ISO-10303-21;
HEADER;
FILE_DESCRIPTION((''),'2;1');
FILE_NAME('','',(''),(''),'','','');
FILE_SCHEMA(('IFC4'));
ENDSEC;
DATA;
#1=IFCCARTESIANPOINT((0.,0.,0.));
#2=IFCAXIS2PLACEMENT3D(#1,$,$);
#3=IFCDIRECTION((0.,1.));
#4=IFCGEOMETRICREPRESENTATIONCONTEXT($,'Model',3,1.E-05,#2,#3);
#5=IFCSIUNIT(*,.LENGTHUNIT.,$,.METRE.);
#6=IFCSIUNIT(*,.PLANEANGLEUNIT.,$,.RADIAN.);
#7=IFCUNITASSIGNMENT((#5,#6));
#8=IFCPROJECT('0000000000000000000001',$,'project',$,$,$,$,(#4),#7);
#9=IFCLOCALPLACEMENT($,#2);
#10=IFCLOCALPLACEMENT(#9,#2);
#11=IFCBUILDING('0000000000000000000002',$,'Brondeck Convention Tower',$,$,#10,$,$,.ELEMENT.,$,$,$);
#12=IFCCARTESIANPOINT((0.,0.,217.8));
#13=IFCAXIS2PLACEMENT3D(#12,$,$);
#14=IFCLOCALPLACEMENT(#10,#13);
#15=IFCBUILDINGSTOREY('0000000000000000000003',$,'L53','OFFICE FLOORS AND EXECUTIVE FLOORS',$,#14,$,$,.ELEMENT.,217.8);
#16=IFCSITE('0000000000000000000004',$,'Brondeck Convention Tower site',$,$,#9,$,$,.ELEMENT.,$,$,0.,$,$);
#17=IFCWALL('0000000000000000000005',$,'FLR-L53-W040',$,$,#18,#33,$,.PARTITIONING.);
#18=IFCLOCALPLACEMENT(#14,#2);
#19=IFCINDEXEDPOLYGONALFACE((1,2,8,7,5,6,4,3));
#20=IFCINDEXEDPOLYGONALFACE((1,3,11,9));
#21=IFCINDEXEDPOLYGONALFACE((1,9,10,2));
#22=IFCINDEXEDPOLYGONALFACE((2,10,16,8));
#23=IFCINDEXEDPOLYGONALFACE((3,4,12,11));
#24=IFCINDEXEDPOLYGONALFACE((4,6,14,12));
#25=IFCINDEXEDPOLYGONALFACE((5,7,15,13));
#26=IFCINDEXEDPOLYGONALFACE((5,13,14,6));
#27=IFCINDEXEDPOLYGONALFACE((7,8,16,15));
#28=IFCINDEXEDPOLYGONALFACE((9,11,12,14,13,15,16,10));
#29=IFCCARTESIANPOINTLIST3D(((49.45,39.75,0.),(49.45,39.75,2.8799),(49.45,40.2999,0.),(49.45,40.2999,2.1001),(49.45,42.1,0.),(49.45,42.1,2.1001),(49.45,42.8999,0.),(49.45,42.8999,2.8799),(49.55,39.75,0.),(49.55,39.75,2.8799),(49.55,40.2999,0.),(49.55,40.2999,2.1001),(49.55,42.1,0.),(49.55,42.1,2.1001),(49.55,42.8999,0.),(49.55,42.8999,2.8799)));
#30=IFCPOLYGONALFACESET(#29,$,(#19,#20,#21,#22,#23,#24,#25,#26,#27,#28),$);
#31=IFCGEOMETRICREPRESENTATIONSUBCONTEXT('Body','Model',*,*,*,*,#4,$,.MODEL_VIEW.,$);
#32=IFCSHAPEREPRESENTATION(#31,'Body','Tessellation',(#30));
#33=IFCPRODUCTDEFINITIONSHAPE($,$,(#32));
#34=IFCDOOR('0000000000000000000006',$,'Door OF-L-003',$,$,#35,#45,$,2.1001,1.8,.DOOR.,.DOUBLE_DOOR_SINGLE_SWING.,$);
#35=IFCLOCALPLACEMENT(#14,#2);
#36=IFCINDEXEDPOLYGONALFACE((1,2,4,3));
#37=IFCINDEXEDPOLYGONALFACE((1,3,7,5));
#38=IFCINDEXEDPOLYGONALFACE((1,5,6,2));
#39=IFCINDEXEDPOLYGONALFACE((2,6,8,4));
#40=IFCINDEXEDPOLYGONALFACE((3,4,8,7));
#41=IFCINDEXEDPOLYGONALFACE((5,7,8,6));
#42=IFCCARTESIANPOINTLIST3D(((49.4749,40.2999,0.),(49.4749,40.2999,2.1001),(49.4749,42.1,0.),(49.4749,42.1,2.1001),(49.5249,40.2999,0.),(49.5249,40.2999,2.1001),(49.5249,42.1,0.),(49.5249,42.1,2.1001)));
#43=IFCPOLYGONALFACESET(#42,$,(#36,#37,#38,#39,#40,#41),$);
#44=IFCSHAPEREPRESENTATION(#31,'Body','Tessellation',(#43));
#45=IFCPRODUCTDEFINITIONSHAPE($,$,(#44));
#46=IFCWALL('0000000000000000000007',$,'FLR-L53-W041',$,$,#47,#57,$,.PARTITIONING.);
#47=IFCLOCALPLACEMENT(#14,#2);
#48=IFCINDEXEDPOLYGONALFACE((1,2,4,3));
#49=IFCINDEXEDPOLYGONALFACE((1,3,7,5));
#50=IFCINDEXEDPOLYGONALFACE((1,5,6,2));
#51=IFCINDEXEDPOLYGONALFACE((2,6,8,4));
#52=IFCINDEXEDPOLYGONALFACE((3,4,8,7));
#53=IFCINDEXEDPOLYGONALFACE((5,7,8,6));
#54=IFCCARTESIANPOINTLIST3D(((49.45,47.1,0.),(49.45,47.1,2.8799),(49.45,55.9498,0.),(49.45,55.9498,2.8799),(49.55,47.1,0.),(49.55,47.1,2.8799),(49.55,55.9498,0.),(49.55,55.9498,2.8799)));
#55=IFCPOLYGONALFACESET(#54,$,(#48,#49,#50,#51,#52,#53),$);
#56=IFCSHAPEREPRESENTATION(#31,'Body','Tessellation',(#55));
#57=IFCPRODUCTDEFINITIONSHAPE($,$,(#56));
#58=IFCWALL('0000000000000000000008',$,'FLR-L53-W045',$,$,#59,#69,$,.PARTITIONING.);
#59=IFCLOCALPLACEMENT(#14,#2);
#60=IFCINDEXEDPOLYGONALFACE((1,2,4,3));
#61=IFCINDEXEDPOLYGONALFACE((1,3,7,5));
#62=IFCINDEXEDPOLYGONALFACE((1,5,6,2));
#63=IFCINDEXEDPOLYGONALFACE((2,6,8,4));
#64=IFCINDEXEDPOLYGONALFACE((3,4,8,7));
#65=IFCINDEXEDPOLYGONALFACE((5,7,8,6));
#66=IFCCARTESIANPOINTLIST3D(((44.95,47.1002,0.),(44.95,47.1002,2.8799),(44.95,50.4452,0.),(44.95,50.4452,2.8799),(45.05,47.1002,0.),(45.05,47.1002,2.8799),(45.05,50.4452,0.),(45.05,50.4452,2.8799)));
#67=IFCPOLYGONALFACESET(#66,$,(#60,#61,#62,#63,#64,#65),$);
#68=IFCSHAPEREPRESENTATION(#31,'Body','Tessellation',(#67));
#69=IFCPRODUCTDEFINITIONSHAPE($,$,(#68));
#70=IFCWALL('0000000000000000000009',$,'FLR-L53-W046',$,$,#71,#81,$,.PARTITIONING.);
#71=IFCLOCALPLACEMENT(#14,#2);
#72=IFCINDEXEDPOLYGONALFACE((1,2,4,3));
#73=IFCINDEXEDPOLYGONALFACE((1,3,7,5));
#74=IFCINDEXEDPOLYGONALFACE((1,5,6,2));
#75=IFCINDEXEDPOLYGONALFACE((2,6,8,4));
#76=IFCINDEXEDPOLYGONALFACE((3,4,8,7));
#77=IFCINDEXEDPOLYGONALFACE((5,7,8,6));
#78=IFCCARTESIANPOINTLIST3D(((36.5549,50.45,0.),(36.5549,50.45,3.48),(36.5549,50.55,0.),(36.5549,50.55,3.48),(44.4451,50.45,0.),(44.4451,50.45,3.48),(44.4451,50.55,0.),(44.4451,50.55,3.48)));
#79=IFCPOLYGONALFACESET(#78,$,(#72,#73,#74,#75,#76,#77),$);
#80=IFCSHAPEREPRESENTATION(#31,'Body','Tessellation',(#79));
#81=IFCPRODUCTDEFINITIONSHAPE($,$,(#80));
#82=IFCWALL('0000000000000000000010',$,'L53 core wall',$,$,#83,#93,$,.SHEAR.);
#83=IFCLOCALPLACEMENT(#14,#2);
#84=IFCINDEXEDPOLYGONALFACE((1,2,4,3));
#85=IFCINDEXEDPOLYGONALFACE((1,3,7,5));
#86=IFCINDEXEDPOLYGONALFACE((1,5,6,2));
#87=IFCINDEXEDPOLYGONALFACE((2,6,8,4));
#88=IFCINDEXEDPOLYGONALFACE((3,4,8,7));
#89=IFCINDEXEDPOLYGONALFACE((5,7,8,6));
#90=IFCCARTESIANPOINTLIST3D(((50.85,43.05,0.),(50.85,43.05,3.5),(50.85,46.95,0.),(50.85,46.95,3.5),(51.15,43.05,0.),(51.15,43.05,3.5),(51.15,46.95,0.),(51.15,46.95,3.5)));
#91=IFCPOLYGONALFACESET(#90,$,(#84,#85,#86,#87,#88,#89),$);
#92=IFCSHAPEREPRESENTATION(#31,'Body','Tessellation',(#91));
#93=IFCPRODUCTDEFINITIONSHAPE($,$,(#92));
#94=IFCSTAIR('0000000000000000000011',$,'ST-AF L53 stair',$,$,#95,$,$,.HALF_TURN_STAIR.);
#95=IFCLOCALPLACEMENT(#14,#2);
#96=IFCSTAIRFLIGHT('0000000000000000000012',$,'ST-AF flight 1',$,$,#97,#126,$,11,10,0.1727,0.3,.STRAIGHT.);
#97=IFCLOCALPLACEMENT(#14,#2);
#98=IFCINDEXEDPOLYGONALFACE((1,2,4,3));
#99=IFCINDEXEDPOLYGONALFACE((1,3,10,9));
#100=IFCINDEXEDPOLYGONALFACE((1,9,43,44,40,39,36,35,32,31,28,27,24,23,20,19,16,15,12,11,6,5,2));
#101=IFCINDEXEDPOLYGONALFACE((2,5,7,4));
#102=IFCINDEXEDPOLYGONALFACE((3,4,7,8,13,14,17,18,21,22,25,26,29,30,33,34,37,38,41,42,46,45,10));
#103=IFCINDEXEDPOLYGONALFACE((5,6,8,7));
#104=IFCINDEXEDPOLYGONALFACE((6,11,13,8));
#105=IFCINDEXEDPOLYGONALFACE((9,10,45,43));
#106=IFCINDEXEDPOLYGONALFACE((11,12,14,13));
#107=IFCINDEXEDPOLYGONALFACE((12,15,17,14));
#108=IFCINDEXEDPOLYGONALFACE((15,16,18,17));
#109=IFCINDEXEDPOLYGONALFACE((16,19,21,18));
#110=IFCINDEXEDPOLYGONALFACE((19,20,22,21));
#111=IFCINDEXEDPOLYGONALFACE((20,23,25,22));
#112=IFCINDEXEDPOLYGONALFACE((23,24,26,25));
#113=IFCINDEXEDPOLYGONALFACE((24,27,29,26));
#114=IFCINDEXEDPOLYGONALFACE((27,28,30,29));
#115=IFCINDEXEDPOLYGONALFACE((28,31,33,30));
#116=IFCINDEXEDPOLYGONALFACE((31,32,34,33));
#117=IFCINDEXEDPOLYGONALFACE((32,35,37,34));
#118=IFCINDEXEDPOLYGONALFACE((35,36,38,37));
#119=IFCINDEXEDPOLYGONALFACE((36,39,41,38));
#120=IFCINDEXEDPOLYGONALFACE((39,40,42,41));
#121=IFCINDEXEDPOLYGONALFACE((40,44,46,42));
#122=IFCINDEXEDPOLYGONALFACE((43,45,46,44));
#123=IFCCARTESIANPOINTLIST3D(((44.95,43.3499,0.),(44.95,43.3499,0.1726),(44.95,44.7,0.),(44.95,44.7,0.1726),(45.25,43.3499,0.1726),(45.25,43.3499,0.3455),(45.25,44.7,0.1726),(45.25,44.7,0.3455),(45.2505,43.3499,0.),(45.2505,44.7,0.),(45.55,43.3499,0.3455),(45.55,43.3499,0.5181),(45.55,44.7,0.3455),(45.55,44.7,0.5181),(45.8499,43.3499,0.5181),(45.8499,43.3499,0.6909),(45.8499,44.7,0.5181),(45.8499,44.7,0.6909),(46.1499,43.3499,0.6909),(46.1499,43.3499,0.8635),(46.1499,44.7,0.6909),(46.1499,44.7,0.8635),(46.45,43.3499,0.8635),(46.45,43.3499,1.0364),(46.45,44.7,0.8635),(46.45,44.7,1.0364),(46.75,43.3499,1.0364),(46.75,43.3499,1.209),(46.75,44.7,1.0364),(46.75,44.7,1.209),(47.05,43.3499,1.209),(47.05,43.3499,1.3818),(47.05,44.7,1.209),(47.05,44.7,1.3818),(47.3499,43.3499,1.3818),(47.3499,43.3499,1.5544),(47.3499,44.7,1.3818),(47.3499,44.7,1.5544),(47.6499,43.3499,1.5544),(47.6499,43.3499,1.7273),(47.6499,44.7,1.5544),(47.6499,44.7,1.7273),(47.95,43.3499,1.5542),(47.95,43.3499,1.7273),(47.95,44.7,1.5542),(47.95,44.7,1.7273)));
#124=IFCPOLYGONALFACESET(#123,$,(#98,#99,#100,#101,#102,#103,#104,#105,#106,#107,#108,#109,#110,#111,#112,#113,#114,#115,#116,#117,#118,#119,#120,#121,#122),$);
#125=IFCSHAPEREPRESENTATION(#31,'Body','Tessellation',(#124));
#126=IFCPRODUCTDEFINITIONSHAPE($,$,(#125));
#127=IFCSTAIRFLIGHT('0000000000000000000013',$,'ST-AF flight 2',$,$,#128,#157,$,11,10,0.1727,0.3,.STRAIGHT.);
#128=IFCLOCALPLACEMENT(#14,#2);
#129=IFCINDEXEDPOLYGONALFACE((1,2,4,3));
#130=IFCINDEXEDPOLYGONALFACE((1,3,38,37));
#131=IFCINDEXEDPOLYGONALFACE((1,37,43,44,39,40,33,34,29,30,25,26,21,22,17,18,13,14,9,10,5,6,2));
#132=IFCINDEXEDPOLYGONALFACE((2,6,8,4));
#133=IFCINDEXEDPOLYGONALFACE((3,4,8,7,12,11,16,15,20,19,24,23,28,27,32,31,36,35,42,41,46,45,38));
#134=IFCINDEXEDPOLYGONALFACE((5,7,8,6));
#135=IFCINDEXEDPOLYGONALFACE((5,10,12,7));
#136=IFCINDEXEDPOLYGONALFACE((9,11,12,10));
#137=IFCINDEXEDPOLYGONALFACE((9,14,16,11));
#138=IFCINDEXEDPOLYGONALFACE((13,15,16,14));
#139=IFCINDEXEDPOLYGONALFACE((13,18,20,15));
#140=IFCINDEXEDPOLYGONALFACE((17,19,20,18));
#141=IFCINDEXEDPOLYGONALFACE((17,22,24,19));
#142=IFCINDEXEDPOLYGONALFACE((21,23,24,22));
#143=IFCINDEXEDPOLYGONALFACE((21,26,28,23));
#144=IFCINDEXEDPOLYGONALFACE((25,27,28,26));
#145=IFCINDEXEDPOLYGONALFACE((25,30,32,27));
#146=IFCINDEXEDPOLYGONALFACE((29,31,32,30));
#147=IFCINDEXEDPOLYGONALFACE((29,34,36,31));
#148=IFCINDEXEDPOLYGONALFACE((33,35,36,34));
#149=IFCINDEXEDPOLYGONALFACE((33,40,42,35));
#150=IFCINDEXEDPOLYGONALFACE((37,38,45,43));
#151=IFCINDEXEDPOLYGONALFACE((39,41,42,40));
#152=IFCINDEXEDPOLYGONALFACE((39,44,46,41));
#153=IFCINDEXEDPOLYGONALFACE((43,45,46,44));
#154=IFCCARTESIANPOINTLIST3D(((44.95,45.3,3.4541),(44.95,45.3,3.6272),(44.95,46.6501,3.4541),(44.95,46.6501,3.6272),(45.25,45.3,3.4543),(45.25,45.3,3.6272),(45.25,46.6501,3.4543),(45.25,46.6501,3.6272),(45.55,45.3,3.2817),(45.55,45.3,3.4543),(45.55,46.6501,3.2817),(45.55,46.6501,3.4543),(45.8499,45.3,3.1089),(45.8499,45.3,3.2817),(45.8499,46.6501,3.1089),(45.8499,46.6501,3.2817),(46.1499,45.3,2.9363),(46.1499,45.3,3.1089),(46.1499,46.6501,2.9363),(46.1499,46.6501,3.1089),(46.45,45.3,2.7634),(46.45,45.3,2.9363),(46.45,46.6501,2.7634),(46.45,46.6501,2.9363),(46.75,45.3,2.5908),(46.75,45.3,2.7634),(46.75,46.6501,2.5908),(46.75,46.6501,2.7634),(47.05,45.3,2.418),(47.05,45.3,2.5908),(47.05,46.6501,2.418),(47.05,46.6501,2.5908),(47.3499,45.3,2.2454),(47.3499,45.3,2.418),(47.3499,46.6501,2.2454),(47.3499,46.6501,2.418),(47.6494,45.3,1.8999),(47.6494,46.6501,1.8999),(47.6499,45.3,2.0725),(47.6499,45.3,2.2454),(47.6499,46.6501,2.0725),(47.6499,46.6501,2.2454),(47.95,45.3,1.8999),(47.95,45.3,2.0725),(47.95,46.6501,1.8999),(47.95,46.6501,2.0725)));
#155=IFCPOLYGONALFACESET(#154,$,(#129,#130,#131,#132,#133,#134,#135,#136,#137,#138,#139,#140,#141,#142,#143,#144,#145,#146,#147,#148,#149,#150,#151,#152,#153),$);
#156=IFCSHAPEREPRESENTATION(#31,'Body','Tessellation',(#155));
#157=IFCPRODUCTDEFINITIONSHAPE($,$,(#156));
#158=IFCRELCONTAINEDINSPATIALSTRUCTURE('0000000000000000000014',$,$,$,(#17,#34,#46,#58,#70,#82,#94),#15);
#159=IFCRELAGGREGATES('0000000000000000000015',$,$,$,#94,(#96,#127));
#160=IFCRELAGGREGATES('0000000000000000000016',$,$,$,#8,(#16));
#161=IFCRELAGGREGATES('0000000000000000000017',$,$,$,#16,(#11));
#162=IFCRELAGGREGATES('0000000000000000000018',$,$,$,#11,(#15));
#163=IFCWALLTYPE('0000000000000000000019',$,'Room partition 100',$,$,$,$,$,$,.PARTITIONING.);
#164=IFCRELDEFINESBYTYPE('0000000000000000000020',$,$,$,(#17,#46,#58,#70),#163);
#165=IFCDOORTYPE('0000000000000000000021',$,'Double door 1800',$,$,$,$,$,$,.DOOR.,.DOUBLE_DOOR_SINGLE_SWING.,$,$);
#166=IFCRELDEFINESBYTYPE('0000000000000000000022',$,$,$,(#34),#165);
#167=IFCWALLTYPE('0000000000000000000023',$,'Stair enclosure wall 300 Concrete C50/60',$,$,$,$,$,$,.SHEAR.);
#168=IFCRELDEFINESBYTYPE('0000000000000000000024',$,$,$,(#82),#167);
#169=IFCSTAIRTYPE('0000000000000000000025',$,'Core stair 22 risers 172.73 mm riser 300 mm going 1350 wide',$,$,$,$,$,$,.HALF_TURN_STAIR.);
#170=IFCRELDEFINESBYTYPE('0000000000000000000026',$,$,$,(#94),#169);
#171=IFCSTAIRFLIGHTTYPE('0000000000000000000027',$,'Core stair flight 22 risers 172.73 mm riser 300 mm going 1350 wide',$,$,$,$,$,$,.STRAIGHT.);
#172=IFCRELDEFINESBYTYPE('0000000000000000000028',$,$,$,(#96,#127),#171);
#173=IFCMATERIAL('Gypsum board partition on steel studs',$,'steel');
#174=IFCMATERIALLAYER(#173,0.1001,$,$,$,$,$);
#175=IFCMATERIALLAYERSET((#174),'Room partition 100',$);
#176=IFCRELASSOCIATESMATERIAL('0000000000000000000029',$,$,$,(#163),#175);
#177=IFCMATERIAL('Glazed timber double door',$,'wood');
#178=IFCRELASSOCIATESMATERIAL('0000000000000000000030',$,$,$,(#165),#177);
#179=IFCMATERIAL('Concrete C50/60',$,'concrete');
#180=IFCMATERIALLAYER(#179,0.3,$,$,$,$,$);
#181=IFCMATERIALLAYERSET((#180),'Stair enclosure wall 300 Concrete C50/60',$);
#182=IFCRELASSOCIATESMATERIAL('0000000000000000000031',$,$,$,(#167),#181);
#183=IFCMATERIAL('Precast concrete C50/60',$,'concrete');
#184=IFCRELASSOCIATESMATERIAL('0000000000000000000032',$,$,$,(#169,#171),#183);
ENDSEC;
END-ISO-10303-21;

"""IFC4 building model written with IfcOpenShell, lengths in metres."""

from ifc_helpers import new_model, si_unit, direction, frame, frame_2d, origin, place, context, subcontext, project, spatial, polyline, rectangle, outline, extrude, material, layer, layer_set, type_object, element, fill, aggregate, save


model = new_model("IFC4")

# Units and contexts
model_context = context("Model", 3, precision=1e-05, world=origin(), true_north=direction((0.0, 1.0)))
body_context = subcontext(model_context, "Body", "Model", "MODEL_VIEW")
ifc_project = project(units=[si_unit("LENGTHUNIT", "METRE"), si_unit("PLANEANGLEUNIT", "RADIAN")], contexts=[model_context])

# Site, building, storey
site_placement = place(None, origin())
site = spatial("IfcSite", under=ifc_project, at=site_placement, Name="Brondeck Convention Tower site", CompositionType="ELEMENT", RefElevation=0.0)
building_placement = place(site_placement, origin())
building = spatial("IfcBuilding", under=site, at=building_placement, Name="Brondeck Convention Tower", CompositionType="ELEMENT")
storey_placement = place(building_placement, frame((0.0, 0.0, 217.8)))
storey = spatial("IfcBuildingStorey", under=building, at=storey_placement, Name="L53", Description="OFFICE FLOORS AND EXECUTIVE FLOORS", CompositionType="ELEMENT", Elevation=217.8)

# Shared definitions
ifc_material_1 = material(Name="Concrete C50/60", Category="concrete")

# Wall, opening, door
ifc_material_2 = material(Name="Gypsum board partition on steel studs", Category="steel")
ifc_layer_1 = layer(ifc_material_2, 0.1001)
ifc_layer_set_1 = layer_set([ifc_layer_1], Name="Room partition 100")
wall_type_1 = type_object("IfcWallType", Name="Room partition 100", PredefinedType="PARTITIONING", material=ifc_layer_set_1)
wall_1_placement = place(storey_placement, frame((49.5, 42.8999, 0.0), z_axis=(0.0, 0.0, 1.0), x_axis=(0.0, -1.0, 0.0)))
wall_1 = element("IfcWall", 1, at=wall_1_placement, inside=storey, type_object=wall_type_1, Name="FLR-L53-W040", PredefinedType="PARTITIONING", context=body_context, shape_type="SweptSolid", body=[
    extrude(rectangle(XDim=3.1499, YDim=0.1001, at=frame_2d((1.575, 0.0))), origin(), (0.0, 0.0, 1.0), 2.8799),
])
opening_placement = place(wall_1_placement, frame((0.8, 0.0, 0.0)))
opening = element("IfcOpeningElement", 2, at=opening_placement, cuts=wall_1, PredefinedType="OPENING", context=body_context, shape_type="SweptSolid", body=[
    extrude(rectangle(XDim=1.8, YDim=2.1001, at=frame_2d((0.8999, 1.05))), frame((0.0, 0.0601, 0.0), z_axis=(0.0, -1.0, 0.0), x_axis=(1.0, 0.0, 0.0)), (0.0, 0.0, 1.0), 0.1201),
])
ifc_material_3 = material(Name="Glazed timber double door", Category="wood")
door_type = type_object("IfcDoorType", Name="Double door 1800", OperationType="DOUBLE_DOOR_SINGLE_SWING", PredefinedType="DOOR", material=ifc_material_3)
door_placement = place(opening_placement, origin())
door = element("IfcDoor", 3, at=door_placement, inside=storey, type_object=door_type, Name="Door OF-L-003", OperationType="DOUBLE_DOOR_SINGLE_SWING", OverallHeight=2.1001, OverallWidth=1.8, PredefinedType="DOOR", context=body_context, shape_type="SweptSolid", body=[
    extrude(rectangle(XDim=1.8, YDim=2.1001, at=frame_2d((0.8999, 1.05))), frame((0.0, 0.0249, 0.0), z_axis=(0.0, -1.0, 0.0), x_axis=(1.0, 0.0, 0.0)), (0.0, 0.0, 1.0), 0.05),
])
fill(opening, door)

# Walls
wall_2_placement = place(storey_placement, frame((49.5, 47.1001, 0.0), z_axis=(0.0, 0.0, 1.0), x_axis=(0.0, 1.0, 0.0)))
element("IfcWall", 4, at=wall_2_placement, inside=storey, type_object=wall_type_1, Name="FLR-L53-W041", PredefinedType="PARTITIONING", context=body_context, shape_type="SweptSolid", body=[
    extrude(rectangle(XDim=8.8499, YDim=0.1001, at=frame_2d((4.4248, 0.0))), origin(), (0.0, 0.0, 1.0), 2.8799),
])
wall_3_placement = place(storey_placement, frame((45.0, 50.4451, 0.0), z_axis=(0.0, 0.0, 1.0), x_axis=(0.0, -1.0, 0.0)))
element("IfcWall", 5, at=wall_3_placement, inside=storey, type_object=wall_type_1, Name="FLR-L53-W045", PredefinedType="PARTITIONING", context=body_context, shape_type="SweptSolid", body=[
    extrude(rectangle(XDim=3.345, YDim=0.1001, at=frame_2d((1.6724, 0.0))), origin(), (0.0, 0.0, 1.0), 2.8799),
])
wall_4_placement = place(storey_placement, frame((44.4451, 50.5, 0.0), z_axis=(0.0, 0.0, 1.0), x_axis=(-1.0, 0.0, 0.0)))
element("IfcWall", 6, at=wall_4_placement, inside=storey, type_object=wall_type_1, Name="FLR-L53-W046", PredefinedType="PARTITIONING", context=body_context, shape_type="SweptSolid", body=[
    extrude(rectangle(XDim=7.8901, YDim=0.1001, at=frame_2d((3.9451, 0.0))), origin(), (0.0, 0.0, 1.0), 3.48),
])
ifc_layer_2 = layer(ifc_material_1, 0.3)
ifc_layer_set_2 = layer_set([ifc_layer_2], Name="Stair enclosure wall 300 Concrete C50/60")
wall_type_2 = type_object("IfcWallType", Name="Stair enclosure wall 300 Concrete C50/60", PredefinedType="SHEAR", material=ifc_layer_set_2)
wall_5_placement = place(storey_placement, frame((51.0, 43.05, 0.0), z_axis=(0.0, 0.0, 1.0), x_axis=(0.0, 1.0, 0.0)))
element("IfcWall", 7, at=wall_5_placement, inside=storey, type_object=wall_type_2, Name="L53 core wall", PredefinedType="SHEAR", context=body_context, shape_type="SweptSolid", body=[
    extrude(rectangle(XDim=3.8999, YDim=0.3, at=frame_2d((1.95, 0.0))), origin(), (0.0, 0.0, 1.0), 3.5),
])

# Stair, stair flights
ifc_material_4 = material(Name="Precast concrete C50/60", Category="concrete")
stair_type = type_object("IfcStairType", Name="Core stair 22 risers 172.73 mm riser 300 mm going 1350 wide", PredefinedType="HALF_TURN_STAIR", material=ifc_material_4)
stair_placement = place(storey_placement, origin())
stair = element("IfcStair", 8, at=stair_placement, inside=storey, type_object=stair_type, Name="ST-AF L53 stair", PredefinedType="HALF_TURN_STAIR")
stair_flight_type = type_object("IfcStairFlightType", Name="Core stair flight 22 risers 172.73 mm riser 300 mm going 1350 wide", PredefinedType="STRAIGHT", material=ifc_material_4)
stair_flight_1_placement = place(storey_placement, frame((44.95, 44.0249, 0.0), z_axis=(0.0, 0.0, 1.0), x_axis=(1.0, 0.0, 0.0)))
stair_flight_1 = element("IfcStairFlight", 9, at=stair_flight_1_placement, type_object=stair_flight_type, Name="ST-AF flight 1", NumberOfRisers=11, NumberOfTreads=10, PredefinedType="STRAIGHT", RiserHeight=0.1727, TreadLength=0.3, context=body_context, shape_type="SweptSolid", body=[
    extrude(outline(polyline([(0.0, 0.0), (0.0, 0.1726), (0.3, 0.1726), (0.3, 0.3455), (0.6001, 0.3455), (0.6001, 0.5181), (0.8999, 0.5181), (0.8999, 0.6909), (1.2, 0.6909), (1.2, 0.8635), (1.5, 0.8635), (1.5, 1.0364), (1.8, 1.0364), (1.8, 1.209), (2.1001, 1.209), (2.1001, 1.3818), (2.3999, 1.3818), (2.3999, 1.5544), (2.7, 1.5544), (2.7, 1.7273), (3.0, 1.7273), (3.0, 1.8999), (3.0, 1.5542), (0.3005, 0.0), (0.0, 0.0)])), frame((0.0, 0.675, 0.0), z_axis=(0.0, -1.0, 0.0), x_axis=(1.0, 0.0, 0.0)), (0.0, 0.0, 1.0), 1.3501),
])
stair_flight_2_placement = place(storey_placement, frame((47.95, 45.9751, 1.8999), z_axis=(0.0, 0.0, 1.0), x_axis=(-1.0, 0.0, 0.0)))
stair_flight_2 = element("IfcStairFlight", 10, at=stair_flight_2_placement, type_object=stair_flight_type, Name="ST-AF flight 2", NumberOfRisers=11, NumberOfTreads=10, PredefinedType="STRAIGHT", RiserHeight=0.1727, TreadLength=0.3, context=body_context, shape_type="SweptSolid", body=[
    extrude(outline(polyline([(0.0, 0.0), (0.0, 0.1726), (0.3, 0.1726), (0.3, 0.3455), (0.6001, 0.3455), (0.6001, 0.5181), (0.8999, 0.5181), (0.8999, 0.6909), (1.2, 0.6909), (1.2, 0.8635), (1.5, 0.8635), (1.5, 1.0364), (1.8, 1.0364), (1.8, 1.209), (2.1001, 1.209), (2.1001, 1.3818), (2.3999, 1.3818), (2.3999, 1.5544), (2.7, 1.5544), (2.7, 1.7273), (3.0, 1.7273), (3.0, 1.8999), (3.0, 1.5542), (0.3005, 0.0), (0.0, 0.0)])), frame((0.0, 0.675, 0.0), z_axis=(0.0, -1.0, 0.0), x_axis=(1.0, 0.0, 0.0)), (0.0, 0.0, 1.0), 1.3501),
])
aggregate(stair, [stair_flight_1, stair_flight_2])

save(model, "model.ifc")
